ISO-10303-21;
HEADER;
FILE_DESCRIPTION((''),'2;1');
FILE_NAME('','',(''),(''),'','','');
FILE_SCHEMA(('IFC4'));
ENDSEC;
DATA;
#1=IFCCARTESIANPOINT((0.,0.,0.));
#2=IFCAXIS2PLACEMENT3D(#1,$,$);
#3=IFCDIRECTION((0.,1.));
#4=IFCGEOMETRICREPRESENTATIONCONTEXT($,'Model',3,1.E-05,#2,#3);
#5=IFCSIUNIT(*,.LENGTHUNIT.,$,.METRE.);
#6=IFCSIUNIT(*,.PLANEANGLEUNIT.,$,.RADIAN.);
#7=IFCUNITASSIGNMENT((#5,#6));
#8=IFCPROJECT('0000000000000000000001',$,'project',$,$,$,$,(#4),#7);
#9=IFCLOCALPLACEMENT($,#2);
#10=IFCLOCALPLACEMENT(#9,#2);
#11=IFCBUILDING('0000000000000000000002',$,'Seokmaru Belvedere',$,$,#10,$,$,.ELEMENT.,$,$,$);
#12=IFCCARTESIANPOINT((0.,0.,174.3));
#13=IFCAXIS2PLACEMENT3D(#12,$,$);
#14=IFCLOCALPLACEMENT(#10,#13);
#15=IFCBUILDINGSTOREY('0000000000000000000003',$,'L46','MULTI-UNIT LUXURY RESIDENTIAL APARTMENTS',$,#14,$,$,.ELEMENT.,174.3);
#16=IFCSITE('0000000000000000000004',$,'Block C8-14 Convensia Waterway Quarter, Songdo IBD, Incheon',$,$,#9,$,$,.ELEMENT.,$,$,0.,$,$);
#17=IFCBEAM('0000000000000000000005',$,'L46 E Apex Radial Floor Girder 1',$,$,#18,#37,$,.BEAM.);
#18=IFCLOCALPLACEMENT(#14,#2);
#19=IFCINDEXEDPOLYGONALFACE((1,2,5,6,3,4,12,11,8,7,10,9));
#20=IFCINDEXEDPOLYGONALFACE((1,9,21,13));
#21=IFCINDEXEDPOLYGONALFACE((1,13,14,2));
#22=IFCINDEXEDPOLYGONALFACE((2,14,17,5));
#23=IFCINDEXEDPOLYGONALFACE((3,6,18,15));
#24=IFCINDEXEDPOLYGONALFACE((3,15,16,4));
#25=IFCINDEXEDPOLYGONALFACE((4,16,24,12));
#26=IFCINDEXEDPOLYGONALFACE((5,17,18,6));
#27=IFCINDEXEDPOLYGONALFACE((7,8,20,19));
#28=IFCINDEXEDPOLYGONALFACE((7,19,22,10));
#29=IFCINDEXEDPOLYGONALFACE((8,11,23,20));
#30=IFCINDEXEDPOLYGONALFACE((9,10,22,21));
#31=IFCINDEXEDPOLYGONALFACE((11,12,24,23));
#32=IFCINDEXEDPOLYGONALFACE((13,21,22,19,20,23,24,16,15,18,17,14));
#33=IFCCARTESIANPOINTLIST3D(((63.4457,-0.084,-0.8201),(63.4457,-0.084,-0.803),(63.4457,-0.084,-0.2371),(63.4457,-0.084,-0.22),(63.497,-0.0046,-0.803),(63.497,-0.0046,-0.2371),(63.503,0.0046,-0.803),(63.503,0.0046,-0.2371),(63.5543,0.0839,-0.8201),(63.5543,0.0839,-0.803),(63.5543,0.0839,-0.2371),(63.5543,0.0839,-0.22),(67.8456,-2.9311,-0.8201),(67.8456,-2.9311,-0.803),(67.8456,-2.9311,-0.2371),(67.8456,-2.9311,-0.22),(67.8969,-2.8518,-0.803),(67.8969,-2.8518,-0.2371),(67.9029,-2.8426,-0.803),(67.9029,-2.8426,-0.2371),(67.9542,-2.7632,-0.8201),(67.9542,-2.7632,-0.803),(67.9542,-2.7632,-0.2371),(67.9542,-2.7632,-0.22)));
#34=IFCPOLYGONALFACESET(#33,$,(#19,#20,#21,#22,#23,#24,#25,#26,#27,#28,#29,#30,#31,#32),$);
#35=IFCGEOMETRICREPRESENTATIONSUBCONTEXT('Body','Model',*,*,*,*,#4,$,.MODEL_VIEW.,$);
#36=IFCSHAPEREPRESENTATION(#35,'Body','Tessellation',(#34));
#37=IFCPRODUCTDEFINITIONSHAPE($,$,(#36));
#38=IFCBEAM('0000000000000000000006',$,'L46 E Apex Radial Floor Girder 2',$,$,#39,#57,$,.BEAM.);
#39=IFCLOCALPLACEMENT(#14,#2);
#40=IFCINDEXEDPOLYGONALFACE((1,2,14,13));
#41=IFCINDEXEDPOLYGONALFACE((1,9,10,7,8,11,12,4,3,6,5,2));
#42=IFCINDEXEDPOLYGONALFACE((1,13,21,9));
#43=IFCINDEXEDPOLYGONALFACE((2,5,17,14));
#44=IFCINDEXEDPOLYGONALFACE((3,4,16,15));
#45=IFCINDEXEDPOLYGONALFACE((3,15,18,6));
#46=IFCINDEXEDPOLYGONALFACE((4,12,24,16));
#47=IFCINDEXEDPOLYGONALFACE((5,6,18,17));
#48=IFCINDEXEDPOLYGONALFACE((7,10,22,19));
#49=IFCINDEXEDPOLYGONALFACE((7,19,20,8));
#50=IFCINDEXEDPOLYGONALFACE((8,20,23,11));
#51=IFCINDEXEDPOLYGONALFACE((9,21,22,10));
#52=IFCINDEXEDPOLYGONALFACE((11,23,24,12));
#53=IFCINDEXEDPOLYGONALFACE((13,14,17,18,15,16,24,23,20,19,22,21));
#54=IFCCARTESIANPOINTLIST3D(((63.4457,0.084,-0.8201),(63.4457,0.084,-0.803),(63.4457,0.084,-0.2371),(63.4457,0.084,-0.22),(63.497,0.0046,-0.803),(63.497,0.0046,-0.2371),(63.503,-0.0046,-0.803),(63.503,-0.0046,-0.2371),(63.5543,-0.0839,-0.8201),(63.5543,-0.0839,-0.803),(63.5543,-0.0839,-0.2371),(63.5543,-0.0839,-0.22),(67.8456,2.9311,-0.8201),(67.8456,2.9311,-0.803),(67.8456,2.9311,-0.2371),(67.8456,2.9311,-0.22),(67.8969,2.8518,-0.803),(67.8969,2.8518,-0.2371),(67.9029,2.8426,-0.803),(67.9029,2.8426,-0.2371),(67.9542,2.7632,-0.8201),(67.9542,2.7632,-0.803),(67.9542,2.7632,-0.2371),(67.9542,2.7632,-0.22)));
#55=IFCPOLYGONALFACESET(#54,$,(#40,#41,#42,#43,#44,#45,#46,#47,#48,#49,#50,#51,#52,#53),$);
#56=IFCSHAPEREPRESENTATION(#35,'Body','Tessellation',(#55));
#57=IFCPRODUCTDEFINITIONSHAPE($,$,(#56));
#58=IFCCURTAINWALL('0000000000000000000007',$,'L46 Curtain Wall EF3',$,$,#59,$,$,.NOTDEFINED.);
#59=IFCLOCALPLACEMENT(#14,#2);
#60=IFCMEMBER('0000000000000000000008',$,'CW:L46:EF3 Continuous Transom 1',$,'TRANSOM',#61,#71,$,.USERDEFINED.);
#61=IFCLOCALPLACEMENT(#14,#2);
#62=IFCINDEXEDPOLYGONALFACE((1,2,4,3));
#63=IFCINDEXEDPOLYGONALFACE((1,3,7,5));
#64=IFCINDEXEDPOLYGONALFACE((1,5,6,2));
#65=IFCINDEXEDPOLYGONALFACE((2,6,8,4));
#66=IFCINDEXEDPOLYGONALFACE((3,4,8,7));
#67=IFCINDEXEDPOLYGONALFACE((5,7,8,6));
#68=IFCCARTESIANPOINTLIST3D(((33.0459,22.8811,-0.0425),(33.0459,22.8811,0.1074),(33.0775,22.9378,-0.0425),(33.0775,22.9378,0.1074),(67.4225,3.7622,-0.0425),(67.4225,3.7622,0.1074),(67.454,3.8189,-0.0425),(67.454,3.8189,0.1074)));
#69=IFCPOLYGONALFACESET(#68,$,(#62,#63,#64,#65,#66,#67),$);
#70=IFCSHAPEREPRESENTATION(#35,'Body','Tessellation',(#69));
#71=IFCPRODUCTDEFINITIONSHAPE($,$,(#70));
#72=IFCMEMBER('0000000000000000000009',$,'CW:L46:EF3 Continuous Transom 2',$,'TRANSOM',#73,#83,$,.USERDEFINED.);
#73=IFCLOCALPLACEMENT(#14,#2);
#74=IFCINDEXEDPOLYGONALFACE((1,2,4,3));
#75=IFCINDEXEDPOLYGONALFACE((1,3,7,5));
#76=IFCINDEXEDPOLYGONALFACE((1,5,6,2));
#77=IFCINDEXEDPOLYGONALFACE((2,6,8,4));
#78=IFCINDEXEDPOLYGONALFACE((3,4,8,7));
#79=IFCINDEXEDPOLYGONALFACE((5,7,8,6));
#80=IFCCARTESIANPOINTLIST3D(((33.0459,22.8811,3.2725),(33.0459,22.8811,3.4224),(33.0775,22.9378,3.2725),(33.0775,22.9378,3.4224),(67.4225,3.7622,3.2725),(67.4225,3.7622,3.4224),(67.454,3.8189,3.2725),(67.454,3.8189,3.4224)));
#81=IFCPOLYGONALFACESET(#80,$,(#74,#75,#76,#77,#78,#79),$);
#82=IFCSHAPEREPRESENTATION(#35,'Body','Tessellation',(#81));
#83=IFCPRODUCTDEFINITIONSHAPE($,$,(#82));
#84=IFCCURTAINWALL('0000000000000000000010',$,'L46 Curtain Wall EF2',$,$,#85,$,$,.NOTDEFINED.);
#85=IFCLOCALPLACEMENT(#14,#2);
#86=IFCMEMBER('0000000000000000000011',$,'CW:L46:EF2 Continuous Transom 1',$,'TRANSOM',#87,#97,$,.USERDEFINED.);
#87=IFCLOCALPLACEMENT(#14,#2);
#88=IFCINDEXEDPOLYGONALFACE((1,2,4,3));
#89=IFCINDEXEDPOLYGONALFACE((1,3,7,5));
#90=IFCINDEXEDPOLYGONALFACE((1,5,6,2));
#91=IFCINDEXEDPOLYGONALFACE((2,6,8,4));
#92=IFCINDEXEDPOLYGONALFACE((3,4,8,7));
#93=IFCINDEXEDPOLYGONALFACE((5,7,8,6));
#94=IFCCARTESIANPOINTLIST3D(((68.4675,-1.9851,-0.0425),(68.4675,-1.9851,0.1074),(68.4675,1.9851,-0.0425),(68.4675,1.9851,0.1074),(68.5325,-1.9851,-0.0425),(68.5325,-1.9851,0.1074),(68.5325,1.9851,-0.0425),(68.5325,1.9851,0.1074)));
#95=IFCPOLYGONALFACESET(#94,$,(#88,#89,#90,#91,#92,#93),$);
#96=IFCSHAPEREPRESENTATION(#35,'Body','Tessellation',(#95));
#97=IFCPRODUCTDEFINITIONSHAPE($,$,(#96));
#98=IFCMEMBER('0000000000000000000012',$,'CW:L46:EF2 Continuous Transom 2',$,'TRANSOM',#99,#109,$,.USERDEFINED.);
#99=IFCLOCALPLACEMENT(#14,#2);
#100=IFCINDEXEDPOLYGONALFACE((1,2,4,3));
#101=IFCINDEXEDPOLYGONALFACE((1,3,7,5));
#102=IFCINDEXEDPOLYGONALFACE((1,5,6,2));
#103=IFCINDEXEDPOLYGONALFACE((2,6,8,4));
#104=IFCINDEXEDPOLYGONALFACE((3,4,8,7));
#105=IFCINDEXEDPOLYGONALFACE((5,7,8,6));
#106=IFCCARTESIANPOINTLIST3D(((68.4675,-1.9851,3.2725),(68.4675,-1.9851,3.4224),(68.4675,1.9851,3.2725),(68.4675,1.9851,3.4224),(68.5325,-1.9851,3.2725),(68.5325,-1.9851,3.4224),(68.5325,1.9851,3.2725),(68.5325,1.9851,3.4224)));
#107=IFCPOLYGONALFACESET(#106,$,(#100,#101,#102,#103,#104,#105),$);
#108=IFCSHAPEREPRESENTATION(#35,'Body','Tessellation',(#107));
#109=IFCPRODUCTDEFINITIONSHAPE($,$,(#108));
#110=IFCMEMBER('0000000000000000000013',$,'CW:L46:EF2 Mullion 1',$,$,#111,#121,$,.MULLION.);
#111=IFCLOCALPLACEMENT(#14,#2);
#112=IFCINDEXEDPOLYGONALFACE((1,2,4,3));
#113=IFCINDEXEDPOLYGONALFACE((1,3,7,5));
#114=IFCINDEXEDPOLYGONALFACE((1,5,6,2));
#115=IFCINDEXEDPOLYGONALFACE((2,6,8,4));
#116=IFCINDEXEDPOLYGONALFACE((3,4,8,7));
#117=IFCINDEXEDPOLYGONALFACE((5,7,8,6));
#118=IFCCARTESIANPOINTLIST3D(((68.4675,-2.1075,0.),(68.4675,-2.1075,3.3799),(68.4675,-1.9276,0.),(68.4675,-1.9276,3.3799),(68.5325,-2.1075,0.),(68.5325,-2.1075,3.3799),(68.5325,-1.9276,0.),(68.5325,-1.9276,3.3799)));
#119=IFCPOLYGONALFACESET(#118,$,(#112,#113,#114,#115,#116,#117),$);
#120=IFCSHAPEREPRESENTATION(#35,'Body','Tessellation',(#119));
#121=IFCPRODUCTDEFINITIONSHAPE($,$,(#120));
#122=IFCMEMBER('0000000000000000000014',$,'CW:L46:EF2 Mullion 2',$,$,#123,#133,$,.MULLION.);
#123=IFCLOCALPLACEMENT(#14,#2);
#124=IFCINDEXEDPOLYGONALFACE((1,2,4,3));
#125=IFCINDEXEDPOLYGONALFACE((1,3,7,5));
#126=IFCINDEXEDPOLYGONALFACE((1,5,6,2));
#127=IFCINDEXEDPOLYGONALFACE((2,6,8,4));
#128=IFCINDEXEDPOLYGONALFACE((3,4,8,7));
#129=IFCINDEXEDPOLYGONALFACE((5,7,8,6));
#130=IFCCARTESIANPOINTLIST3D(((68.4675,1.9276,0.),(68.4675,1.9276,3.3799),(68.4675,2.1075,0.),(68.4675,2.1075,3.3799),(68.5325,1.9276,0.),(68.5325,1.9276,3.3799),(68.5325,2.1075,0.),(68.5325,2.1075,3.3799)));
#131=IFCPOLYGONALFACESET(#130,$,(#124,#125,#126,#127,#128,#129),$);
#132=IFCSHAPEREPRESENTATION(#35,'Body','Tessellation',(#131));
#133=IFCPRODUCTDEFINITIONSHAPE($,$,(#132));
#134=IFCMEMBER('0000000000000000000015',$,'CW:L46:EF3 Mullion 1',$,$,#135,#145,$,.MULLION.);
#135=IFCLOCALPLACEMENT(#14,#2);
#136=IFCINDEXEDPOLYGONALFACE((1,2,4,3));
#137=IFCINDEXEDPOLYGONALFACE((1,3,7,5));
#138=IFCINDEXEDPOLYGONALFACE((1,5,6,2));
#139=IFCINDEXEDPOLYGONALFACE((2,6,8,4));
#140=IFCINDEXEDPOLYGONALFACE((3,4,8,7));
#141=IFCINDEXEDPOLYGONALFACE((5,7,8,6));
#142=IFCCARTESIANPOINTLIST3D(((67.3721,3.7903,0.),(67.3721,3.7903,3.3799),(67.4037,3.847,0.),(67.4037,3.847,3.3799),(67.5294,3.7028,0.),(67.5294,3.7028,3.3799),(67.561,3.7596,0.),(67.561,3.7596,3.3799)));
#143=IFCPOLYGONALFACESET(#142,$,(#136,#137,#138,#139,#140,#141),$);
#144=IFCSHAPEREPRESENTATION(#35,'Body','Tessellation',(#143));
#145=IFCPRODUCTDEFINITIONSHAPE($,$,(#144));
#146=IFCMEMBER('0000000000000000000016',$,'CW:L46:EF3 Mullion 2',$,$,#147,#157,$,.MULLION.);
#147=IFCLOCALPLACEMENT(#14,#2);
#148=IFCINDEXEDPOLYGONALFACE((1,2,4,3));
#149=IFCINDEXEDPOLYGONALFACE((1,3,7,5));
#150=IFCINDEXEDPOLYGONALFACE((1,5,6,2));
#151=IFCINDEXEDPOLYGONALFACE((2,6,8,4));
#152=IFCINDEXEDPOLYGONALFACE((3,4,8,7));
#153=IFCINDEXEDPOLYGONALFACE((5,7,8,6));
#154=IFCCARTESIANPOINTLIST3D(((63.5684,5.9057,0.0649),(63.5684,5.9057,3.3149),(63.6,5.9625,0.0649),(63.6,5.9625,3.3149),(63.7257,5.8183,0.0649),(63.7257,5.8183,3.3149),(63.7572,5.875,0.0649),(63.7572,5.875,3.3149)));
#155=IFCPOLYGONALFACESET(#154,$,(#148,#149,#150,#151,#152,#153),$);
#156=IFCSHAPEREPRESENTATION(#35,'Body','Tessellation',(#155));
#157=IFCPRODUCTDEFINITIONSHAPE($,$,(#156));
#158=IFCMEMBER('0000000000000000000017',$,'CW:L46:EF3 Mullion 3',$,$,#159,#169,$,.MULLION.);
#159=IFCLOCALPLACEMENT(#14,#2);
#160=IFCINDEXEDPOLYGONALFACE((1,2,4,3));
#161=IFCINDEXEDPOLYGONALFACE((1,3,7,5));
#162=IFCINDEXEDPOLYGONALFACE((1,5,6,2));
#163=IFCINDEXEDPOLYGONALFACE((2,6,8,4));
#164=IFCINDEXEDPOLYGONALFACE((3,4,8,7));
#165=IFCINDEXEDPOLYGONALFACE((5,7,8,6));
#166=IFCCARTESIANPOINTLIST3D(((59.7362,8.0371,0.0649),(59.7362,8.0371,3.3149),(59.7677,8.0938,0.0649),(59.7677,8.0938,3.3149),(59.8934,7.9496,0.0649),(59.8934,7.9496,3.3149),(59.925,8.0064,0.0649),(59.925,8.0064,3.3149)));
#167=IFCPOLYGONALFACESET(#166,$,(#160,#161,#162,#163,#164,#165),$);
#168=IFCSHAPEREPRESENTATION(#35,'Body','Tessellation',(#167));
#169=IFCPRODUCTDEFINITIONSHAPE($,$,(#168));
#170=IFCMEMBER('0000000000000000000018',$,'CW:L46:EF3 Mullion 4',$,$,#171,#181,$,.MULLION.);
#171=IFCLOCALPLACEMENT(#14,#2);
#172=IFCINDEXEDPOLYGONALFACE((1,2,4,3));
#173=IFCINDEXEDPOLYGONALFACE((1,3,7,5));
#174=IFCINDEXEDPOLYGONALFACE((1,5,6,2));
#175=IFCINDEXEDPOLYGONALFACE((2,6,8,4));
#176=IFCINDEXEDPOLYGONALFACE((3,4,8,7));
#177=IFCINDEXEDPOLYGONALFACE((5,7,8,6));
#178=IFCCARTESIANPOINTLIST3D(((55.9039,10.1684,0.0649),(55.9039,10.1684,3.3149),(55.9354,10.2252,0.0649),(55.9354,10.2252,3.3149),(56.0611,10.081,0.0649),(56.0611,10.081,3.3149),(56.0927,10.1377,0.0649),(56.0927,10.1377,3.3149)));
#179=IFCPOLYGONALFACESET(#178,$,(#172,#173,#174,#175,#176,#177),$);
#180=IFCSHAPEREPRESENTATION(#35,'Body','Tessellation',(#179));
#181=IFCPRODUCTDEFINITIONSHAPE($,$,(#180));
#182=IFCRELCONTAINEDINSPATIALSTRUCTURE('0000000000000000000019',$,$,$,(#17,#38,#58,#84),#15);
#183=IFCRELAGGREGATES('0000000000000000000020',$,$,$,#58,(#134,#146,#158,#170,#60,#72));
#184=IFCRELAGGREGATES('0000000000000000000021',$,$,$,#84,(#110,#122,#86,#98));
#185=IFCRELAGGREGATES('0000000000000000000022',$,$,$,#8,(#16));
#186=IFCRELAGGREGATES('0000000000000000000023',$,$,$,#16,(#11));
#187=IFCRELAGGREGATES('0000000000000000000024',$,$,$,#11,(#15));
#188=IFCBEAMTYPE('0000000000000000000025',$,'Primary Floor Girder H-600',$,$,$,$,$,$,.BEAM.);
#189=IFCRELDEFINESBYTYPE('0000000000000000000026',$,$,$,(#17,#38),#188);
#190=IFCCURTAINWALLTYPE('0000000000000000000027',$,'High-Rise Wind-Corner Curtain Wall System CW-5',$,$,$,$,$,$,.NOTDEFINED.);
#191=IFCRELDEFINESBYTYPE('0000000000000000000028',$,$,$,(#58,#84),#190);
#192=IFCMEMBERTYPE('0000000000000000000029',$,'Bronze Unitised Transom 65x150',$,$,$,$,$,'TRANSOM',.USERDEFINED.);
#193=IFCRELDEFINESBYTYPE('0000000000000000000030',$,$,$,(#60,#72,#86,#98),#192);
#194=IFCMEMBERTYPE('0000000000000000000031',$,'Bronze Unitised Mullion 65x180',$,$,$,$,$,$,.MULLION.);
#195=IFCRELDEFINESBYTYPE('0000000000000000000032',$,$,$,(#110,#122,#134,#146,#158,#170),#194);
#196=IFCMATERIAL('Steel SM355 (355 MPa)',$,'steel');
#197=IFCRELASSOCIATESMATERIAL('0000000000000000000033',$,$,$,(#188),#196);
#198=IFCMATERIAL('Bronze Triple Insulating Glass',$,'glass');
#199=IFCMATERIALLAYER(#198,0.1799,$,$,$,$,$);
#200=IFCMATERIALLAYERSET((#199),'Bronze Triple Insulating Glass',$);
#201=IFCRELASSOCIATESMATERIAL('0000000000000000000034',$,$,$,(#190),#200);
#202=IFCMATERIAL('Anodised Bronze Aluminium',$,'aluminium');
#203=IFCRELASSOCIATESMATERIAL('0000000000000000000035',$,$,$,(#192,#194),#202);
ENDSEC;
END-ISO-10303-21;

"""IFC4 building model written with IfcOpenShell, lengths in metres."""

from ifc_helpers import new_model, si_unit, direction, frame, origin, origin_2d, place, context, subcontext, project, spatial, rectangle, i_section, extrude, source, transform, mapped, material, layer, layer_set, material_profile, profile_set, type_object, type_shapes, element, aggregate, save


model = new_model("IFC4")

# Units and contexts
model_context = context("Model", 3, precision=1e-05, world=origin(), true_north=direction((0.0, 1.0)))
body_context = subcontext(model_context, "Body", "Model", "MODEL_VIEW")
ifc_project = project(units=[si_unit("LENGTHUNIT", "METRE"), si_unit("PLANEANGLEUNIT", "RADIAN")], contexts=[model_context])

# Site, building, storey
site_placement = place(None, origin())
site = spatial("IfcSite", under=ifc_project, at=site_placement, Name="Block C8-14 Convensia Waterway Quarter, Songdo IBD, Incheon", CompositionType="ELEMENT", RefElevation=0.0)
building_placement = place(site_placement, origin())
building = spatial("IfcBuilding", under=site, at=building_placement, Name="Seokmaru Belvedere", CompositionType="ELEMENT")
storey_placement = place(building_placement, frame((0.0, 0.0, 174.3)))
storey = spatial("IfcBuildingStorey", under=building, at=storey_placement, Name="L46", Description="MULTI-UNIT LUXURY RESIDENTIAL APARTMENTS", CompositionType="ELEMENT", Elevation=174.3)

# Shared definitions
ifc_material_1 = material(Name="Steel SM355 (355 MPa)", Category="steel")

# Beams
ifc_material_profile_1 = material_profile(ifc_material_1, i_section(OverallWidth=0.2, OverallDepth=0.6001, WebThickness=0.011, FlangeThickness=0.0171, at=origin_2d()), Name="H-600x200x11x17")
ifc_profile_set_1 = profile_set([ifc_material_profile_1], Name="Steel SM355 (355 MPa)")
beam_type_1 = type_object("IfcBeamType", Name="Primary Floor Girder H-600", PredefinedType="BEAM", material=ifc_profile_set_1)
shared_shape_1 = source(origin(), body_context, "Body", "SweptSolid", [
    extrude(i_section(OverallWidth=0.2, OverallDepth=0.6001, WebThickness=0.011, FlangeThickness=0.0171, at=origin_2d()), origin(), (0.0, 0.0, 1.0), 5.2407),
])
for number, where, z_axis, x_axis, name in (
    (1, (67.8999, -2.8472, -0.52), (-0.839555, 0.543274, 0.0), (-0.543274, -0.839555, 0.0), "L46 E Apex Radial Floor Girder 1"),
    (2, (67.8999, 2.8472, -0.52), (-0.839555, -0.543274, 0.0), (0.543274, -0.839555, 0.0), "L46 E Apex Radial Floor Girder 2"),
):
    element("IfcBeam", number, at=place(storey_placement, frame(where, z_axis=z_axis, x_axis=x_axis)), inside=storey, type_object=beam_type_1, Name=name, PredefinedType="BEAM", context=body_context, shape_type="MappedRepresentation", body=[
        mapped(shared_shape_1, transform((0.0, 0.0, 0.0), scale=1.0)),
    ])

# Curtain walls, members
ifc_material_2 = material(Name="Bronze Triple Insulating Glass", Category="glass")
ifc_layer_1 = layer(ifc_material_2, 0.1799)
ifc_layer_set_1 = layer_set([ifc_layer_1], Name="Bronze Triple Insulating Glass")
curtain_wall_type = type_object("IfcCurtainWallType", Name="High-Rise Wind-Corner Curtain Wall System CW-5", PredefinedType="NOTDEFINED", material=ifc_layer_set_1)
curtain_wall_1_placement = place(storey_placement, origin())
curtain_wall_1 = element("IfcCurtainWall", 3, at=curtain_wall_1_placement, inside=storey, type_object=curtain_wall_type, Name="L46 Curtain Wall EF3", PredefinedType="NOTDEFINED")
ifc_material_3 = material(Name="Anodised Bronze Aluminium", Category="aluminium")
ifc_material_profile_2 = material_profile(ifc_material_3, rectangle(XDim=0.0649, YDim=0.1499, at=origin_2d()), Name="CW-T-65x150")
ifc_profile_set_2 = profile_set([ifc_material_profile_2], Name="Anodised Bronze Aluminium")
member_type_1 = type_object("IfcMemberType", Name="Bronze Unitised Transom 65x150", ElementType="TRANSOM", PredefinedType="USERDEFINED", material=ifc_profile_set_2)
shared_shape_2 = source(origin(), body_context, "Body", "SweptSolid", [
    extrude(rectangle(XDim=0.0649, YDim=0.1499, at=origin_2d()), origin(), (0.0, 0.0, 1.0), 39.3354),
])
member_1_placement = place(storey_placement, frame((67.4382, 3.7905, 0.0325), z_axis=(-0.873932, 0.486048, 0.0), x_axis=(-0.486048, -0.873932, 0.0)))
member_1 = element("IfcMember", 4, at=member_1_placement, type_object=member_type_1, Name="CW:L46:EF3 Continuous Transom 1", ObjectType="TRANSOM", PredefinedType="USERDEFINED", context=body_context, shape_type="MappedRepresentation", body=[
    mapped(shared_shape_2, transform((0.0, 0.0, 0.0), scale=1.0)),
])
member_2_placement = place(storey_placement, frame((67.4382, 3.7905, 3.3474), z_axis=(-0.873932, 0.486048, 0.0), x_axis=(-0.486048, -0.873932, 0.0)))
member_2 = element("IfcMember", 5, at=member_2_placement, type_object=member_type_1, Name="CW:L46:EF3 Continuous Transom 2", ObjectType="TRANSOM", PredefinedType="USERDEFINED", context=body_context, shape_type="MappedRepresentation", body=[
    mapped(shared_shape_2, transform((0.0, 0.0, 0.0), scale=1.0)),
])
curtain_wall_2_placement = place(storey_placement, origin())
curtain_wall_2 = element("IfcCurtainWall", 6, at=curtain_wall_2_placement, inside=storey, type_object=curtain_wall_type, Name="L46 Curtain Wall EF2", PredefinedType="NOTDEFINED")
shared_shape_3 = source(origin(), body_context, "Body", "SweptSolid", [
    extrude(rectangle(XDim=0.0649, YDim=0.1499, at=origin_2d()), origin(), (0.0, 0.0, 1.0), 3.9702),
])
type_shapes(member_type_1, [shared_shape_2, shared_shape_3])
member_3_placement = place(storey_placement, frame((68.5, -1.9851, 0.0325), z_axis=(0.0, 1.0, 0.0), x_axis=(-1.0, 0.0, 0.0)))
member_3 = element("IfcMember", 7, at=member_3_placement, type_object=member_type_1, Name="CW:L46:EF2 Continuous Transom 1", ObjectType="TRANSOM", PredefinedType="USERDEFINED", context=body_context, shape_type="MappedRepresentation", body=[
    mapped(shared_shape_3, transform((0.0, 0.0, 0.0), scale=1.0)),
])
member_4_placement = place(storey_placement, frame((68.5, -1.9851, 3.3474), z_axis=(0.0, 1.0, 0.0), x_axis=(-1.0, 0.0, 0.0)))
member_4 = element("IfcMember", 8, at=member_4_placement, type_object=member_type_1, Name="CW:L46:EF2 Continuous Transom 2", ObjectType="TRANSOM", PredefinedType="USERDEFINED", context=body_context, shape_type="MappedRepresentation", body=[
    mapped(shared_shape_3, transform((0.0, 0.0, 0.0), scale=1.0)),
])
ifc_material_profile_3 = material_profile(ifc_material_3, rectangle(XDim=0.0649, YDim=0.1799, at=origin_2d()), Name="CW-M-65x180")
ifc_profile_set_3 = profile_set([ifc_material_profile_3], Name="Anodised Bronze Aluminium")
member_type_2 = type_object("IfcMemberType", Name="Bronze Unitised Mullion 65x180", PredefinedType="MULLION", material=ifc_profile_set_3)
shared_shape_4 = source(origin(), body_context, "Body", "SweptSolid", [
    extrude(rectangle(XDim=0.0649, YDim=0.1799, at=origin_2d()), origin(), (0.0, 0.0, 1.0), 3.3799),
])
member_5_placement = place(storey_placement, frame((68.5, -2.0176, 0.0), z_axis=(0.0, 0.0, 1.0), x_axis=(-1.0, 0.0, 0.0)))
member_5 = element("IfcMember", 9, at=member_5_placement, type_object=member_type_2, Name="CW:L46:EF2 Mullion 1", PredefinedType="MULLION", context=body_context, shape_type="MappedRepresentation", body=[
    mapped(shared_shape_4, transform((0.0, 0.0, 0.0), scale=1.0)),
])
member_6_placement = place(storey_placement, frame((68.5, 2.0176, 0.0), z_axis=(0.0, 0.0, 1.0), x_axis=(-1.0, 0.0, 0.0)))
member_6 = element("IfcMember", 10, at=member_6_placement, type_object=member_type_2, Name="CW:L46:EF2 Mullion 2", PredefinedType="MULLION", context=body_context, shape_type="MappedRepresentation", body=[
    mapped(shared_shape_4, transform((0.0, 0.0, 0.0), scale=1.0)),
])

# Members
member_7_placement = place(storey_placement, frame((67.4666, 3.7749, 0.0), z_axis=(0.0, 0.0, 1.0), x_axis=(-0.486047, -0.873933, 0.0)))
member_7 = element("IfcMember", 11, at=member_7_placement, type_object=member_type_2, Name="CW:L46:EF3 Mullion 1", PredefinedType="MULLION", context=body_context, shape_type="MappedRepresentation", body=[
    mapped(shared_shape_4, transform((0.0, 0.0, 0.0), scale=1.0)),
])
shared_shape_5 = source(origin(), body_context, "Body", "SweptSolid", [
    extrude(rectangle(XDim=0.0649, YDim=0.1799, at=origin_2d()), origin(), (0.0, 0.0, 1.0), 3.25),
])
type_shapes(member_type_2, [shared_shape_4, shared_shape_5])
member_8_placement = place(storey_placement, frame((63.6628, 5.8904, 0.0649), z_axis=(0.0, 0.0, 1.0), x_axis=(-0.486047, -0.873933, 0.0)))
member_8 = element("IfcMember", 12, at=member_8_placement, type_object=member_type_2, Name="CW:L46:EF3 Mullion 2", PredefinedType="MULLION", context=body_context, shape_type="MappedRepresentation", body=[
    mapped(shared_shape_5, transform((0.0, 0.0, 0.0), scale=1.0)),
])
member_9_placement = place(storey_placement, frame((59.8306, 8.0217, 0.0649), z_axis=(0.0, 0.0, 1.0), x_axis=(-0.486047, -0.873933, 0.0)))
member_9 = element("IfcMember", 13, at=member_9_placement, type_object=member_type_2, Name="CW:L46:EF3 Mullion 3", PredefinedType="MULLION", context=body_context, shape_type="MappedRepresentation", body=[
    mapped(shared_shape_5, transform((0.0, 0.0, 0.0), scale=1.0)),
])
member_10_placement = place(storey_placement, frame((55.9983, 10.1531, 0.0649), z_axis=(0.0, 0.0, 1.0), x_axis=(-0.486047, -0.873933, 0.0)))
member_10 = element("IfcMember", 14, at=member_10_placement, type_object=member_type_2, Name="CW:L46:EF3 Mullion 4", PredefinedType="MULLION", context=body_context, shape_type="MappedRepresentation", body=[
    mapped(shared_shape_5, transform((0.0, 0.0, 0.0), scale=1.0)),
])

aggregate(curtain_wall_1, [member_7, member_8, member_9, member_10, member_1, member_2])
aggregate(curtain_wall_2, [member_5, member_6, member_3, member_4])

save(model, "model.ifc")
